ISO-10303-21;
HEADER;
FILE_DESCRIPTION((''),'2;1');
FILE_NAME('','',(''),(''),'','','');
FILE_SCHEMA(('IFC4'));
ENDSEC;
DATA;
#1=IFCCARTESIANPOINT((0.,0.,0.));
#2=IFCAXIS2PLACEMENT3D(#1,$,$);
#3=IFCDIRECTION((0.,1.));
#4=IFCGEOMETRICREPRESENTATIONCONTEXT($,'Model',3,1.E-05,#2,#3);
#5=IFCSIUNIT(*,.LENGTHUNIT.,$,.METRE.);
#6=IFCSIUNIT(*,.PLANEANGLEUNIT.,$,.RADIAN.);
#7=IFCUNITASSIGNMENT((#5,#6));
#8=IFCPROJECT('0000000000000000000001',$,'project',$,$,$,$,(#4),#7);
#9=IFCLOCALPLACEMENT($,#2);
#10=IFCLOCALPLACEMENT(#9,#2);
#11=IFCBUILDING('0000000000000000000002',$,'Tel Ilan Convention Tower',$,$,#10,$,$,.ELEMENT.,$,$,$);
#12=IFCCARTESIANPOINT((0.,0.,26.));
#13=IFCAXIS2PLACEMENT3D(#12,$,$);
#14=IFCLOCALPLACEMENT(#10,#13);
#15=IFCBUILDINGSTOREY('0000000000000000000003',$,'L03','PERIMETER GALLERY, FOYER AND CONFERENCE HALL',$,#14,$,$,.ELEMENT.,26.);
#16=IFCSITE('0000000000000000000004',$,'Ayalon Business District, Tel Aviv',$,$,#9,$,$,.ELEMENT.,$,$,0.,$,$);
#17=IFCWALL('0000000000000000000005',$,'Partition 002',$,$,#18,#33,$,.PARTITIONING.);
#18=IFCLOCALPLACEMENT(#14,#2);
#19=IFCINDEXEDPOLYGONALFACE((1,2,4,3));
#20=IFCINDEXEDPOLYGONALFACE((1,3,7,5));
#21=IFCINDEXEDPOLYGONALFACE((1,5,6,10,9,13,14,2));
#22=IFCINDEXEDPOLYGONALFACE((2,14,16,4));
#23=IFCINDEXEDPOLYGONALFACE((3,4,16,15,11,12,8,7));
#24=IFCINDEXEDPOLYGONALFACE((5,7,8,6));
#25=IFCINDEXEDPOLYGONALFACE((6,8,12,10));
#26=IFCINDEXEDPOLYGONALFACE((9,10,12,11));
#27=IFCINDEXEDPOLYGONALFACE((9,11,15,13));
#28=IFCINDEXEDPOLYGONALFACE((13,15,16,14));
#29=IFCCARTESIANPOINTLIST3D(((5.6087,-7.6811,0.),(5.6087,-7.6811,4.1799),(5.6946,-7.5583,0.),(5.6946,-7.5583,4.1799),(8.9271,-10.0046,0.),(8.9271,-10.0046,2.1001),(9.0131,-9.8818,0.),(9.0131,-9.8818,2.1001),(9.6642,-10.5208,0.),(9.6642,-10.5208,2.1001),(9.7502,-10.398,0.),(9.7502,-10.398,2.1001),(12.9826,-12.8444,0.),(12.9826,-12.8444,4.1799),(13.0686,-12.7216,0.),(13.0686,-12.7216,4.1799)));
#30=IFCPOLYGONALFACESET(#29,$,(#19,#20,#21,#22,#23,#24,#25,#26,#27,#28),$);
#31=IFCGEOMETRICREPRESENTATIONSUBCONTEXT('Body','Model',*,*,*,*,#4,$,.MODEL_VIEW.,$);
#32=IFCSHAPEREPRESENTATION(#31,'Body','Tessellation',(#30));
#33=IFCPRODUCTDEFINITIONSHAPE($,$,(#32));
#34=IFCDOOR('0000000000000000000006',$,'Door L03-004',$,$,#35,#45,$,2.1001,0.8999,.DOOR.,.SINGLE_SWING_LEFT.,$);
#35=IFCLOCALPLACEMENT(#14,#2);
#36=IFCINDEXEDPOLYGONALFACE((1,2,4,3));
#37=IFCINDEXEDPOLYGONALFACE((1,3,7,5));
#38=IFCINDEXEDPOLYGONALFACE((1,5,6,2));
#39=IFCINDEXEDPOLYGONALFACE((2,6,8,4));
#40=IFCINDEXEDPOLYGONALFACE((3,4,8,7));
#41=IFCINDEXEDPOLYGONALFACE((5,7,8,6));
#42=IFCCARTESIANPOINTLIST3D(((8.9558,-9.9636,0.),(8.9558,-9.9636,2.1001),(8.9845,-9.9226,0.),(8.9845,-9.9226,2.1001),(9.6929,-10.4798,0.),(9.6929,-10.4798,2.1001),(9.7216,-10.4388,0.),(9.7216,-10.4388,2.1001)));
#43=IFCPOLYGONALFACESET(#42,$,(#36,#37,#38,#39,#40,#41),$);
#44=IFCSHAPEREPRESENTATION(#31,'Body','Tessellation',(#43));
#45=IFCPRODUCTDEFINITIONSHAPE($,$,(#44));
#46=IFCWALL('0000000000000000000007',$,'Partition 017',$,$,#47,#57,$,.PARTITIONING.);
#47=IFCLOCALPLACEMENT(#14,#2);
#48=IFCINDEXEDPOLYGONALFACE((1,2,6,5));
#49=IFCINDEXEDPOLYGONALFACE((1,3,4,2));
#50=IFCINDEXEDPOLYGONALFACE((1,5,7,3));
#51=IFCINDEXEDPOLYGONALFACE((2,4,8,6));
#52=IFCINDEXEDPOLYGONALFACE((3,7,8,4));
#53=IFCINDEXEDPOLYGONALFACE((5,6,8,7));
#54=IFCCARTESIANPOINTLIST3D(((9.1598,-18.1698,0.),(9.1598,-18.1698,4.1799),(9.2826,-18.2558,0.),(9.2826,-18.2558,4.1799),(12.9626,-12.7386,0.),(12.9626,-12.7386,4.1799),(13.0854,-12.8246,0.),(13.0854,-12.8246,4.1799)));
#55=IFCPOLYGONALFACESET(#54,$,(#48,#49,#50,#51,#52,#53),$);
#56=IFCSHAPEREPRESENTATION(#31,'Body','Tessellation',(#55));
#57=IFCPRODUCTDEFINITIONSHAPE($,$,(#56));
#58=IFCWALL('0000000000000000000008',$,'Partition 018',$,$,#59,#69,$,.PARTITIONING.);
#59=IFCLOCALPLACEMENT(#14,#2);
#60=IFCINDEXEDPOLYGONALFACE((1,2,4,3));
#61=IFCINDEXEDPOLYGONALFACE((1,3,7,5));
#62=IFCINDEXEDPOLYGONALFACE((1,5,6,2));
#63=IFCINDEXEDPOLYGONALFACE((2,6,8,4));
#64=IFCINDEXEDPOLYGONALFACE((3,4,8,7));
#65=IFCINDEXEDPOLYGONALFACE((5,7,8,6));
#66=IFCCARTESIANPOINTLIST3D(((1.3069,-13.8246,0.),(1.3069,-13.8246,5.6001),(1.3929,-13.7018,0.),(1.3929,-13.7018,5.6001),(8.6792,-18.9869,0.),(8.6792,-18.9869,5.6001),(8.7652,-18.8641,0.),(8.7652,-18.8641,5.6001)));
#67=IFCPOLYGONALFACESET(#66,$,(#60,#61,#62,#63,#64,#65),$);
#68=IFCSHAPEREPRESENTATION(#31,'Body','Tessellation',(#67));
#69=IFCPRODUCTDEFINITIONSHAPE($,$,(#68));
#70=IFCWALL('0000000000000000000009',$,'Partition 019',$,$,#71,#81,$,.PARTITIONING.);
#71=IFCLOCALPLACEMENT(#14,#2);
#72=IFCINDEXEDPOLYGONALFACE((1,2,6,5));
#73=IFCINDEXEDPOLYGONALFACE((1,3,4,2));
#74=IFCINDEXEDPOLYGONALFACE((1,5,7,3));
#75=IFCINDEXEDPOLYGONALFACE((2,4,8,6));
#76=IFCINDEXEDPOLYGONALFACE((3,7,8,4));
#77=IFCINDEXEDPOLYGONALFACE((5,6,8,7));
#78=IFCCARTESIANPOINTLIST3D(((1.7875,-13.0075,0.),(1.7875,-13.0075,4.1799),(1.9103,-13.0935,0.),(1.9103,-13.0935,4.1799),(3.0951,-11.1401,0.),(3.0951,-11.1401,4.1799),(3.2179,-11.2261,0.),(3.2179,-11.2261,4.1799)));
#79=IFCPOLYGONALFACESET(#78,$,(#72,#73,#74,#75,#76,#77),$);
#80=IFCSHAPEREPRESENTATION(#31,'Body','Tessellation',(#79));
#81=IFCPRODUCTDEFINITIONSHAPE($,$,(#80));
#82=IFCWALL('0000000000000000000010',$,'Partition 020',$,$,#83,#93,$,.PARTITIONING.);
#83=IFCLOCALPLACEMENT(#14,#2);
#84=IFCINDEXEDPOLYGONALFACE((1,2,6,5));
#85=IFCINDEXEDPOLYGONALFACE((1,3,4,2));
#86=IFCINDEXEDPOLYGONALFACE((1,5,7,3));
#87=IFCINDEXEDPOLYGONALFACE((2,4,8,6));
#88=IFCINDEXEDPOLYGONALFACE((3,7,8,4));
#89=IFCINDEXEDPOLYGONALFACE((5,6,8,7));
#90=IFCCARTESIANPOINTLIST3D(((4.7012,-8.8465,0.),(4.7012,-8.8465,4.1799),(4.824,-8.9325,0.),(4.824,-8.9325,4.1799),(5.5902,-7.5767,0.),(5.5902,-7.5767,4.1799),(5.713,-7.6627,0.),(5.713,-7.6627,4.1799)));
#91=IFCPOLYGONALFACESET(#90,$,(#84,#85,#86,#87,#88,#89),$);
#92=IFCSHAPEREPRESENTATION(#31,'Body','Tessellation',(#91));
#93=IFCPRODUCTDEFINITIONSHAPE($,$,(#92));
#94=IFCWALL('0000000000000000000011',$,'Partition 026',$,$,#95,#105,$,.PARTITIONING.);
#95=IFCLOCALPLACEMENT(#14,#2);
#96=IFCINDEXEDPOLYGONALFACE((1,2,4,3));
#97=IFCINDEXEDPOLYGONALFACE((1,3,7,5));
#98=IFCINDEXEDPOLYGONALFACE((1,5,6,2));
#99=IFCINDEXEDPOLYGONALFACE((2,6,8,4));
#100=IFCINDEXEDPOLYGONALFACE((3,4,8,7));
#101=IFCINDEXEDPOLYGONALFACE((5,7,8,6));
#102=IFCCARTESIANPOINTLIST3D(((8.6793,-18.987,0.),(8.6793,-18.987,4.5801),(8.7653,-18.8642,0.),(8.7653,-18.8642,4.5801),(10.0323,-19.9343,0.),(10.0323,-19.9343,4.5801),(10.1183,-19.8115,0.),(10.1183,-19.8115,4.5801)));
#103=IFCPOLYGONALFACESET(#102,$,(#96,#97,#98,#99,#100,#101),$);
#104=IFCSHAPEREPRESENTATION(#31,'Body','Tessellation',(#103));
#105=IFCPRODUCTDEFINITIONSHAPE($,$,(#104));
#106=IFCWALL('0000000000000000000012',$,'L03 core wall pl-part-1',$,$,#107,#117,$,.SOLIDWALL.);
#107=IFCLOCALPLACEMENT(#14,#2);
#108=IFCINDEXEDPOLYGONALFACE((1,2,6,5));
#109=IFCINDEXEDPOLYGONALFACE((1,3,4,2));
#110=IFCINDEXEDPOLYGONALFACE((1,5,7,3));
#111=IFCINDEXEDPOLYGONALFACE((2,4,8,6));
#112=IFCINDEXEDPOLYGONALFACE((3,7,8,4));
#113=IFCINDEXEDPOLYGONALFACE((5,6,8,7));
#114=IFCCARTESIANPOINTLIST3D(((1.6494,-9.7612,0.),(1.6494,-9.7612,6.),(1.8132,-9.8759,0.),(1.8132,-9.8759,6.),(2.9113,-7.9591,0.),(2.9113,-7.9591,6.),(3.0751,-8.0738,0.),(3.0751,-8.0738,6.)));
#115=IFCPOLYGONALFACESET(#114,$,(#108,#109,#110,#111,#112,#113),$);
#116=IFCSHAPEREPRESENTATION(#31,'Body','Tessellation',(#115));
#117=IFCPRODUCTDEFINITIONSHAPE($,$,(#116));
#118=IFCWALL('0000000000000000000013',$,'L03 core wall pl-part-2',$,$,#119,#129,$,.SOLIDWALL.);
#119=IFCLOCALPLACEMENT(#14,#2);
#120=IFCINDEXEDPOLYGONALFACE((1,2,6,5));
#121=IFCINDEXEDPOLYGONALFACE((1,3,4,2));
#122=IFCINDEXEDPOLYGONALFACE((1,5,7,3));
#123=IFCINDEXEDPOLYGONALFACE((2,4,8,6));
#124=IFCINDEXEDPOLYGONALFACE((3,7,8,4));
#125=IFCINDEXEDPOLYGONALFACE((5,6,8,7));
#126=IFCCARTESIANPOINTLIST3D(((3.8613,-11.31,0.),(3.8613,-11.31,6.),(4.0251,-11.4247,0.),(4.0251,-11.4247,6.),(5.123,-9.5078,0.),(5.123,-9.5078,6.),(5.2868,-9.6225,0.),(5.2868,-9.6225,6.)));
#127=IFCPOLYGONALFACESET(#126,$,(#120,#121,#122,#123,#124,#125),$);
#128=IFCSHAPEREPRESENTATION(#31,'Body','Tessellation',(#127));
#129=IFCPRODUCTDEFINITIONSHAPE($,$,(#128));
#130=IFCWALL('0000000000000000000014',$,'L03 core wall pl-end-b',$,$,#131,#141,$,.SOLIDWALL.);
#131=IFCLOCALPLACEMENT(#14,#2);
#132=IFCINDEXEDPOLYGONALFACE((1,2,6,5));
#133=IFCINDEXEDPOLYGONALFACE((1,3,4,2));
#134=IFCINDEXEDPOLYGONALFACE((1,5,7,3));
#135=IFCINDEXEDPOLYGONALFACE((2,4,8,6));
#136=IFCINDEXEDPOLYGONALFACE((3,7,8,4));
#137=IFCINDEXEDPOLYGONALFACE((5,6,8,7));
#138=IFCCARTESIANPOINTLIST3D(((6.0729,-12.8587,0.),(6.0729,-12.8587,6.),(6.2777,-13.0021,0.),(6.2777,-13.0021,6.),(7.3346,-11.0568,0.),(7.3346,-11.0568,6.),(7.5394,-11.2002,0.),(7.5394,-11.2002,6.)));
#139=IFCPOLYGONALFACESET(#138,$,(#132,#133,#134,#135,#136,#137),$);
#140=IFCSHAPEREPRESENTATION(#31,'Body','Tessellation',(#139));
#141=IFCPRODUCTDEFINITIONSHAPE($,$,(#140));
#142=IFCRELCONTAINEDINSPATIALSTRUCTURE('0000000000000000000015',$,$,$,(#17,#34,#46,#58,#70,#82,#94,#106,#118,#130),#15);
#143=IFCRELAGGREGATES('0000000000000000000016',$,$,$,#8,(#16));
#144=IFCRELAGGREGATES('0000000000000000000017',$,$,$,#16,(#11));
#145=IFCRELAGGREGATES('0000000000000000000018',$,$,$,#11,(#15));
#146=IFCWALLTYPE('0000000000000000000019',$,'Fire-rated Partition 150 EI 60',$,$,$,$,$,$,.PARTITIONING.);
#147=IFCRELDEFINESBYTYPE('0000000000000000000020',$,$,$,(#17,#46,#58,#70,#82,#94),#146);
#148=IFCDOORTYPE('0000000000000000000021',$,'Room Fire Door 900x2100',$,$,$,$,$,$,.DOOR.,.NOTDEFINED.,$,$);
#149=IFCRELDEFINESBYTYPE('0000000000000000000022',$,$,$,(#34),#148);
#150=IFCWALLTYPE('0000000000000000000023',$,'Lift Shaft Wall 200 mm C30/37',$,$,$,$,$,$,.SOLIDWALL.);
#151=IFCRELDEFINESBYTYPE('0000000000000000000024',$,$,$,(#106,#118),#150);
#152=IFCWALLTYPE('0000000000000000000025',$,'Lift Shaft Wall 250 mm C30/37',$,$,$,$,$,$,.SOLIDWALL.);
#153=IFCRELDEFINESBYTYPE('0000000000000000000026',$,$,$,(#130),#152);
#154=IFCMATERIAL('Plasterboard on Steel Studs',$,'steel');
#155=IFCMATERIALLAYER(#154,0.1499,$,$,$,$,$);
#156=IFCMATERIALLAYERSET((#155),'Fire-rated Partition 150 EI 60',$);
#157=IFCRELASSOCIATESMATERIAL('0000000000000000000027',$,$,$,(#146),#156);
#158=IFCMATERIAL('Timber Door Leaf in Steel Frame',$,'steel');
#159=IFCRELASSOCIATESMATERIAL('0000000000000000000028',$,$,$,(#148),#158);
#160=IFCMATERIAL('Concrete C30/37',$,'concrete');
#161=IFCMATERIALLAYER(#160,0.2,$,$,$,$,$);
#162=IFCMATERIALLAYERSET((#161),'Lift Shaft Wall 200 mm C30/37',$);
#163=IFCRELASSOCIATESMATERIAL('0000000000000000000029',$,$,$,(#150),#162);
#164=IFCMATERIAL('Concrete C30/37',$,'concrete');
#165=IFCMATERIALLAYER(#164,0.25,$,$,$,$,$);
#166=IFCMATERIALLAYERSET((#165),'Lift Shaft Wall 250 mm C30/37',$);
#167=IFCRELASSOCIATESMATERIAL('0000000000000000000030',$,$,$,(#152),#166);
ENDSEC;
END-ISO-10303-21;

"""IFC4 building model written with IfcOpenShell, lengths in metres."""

from ifc_helpers import new_model, si_unit, direction, frame, frame_2d, origin, place, context, subcontext, project, spatial, rectangle, extrude, material, layer, layer_set, type_object, element, fill, save


model = new_model("IFC4")

# Units and contexts
model_context = context("Model", 3, precision=1e-05, world=origin(), true_north=direction((0.0, 1.0)))
body_context = subcontext(model_context, "Body", "Model", "MODEL_VIEW")
ifc_project = project(units=[si_unit("LENGTHUNIT", "METRE"), si_unit("PLANEANGLEUNIT", "RADIAN")], contexts=[model_context])

# Site, building, storey
site_placement = place(None, origin())
site = spatial("IfcSite", under=ifc_project, at=site_placement, Name="Ayalon Business District, Tel Aviv", CompositionType="ELEMENT", RefElevation=0.0)
building_placement = place(site_placement, origin())
building = spatial("IfcBuilding", under=site, at=building_placement, Name="Tel Ilan Convention Tower", CompositionType="ELEMENT")
storey_placement = place(building_placement, frame((0.0, 0.0, 26.0)))
storey = spatial("IfcBuildingStorey", under=building, at=storey_placement, Name="L03", Description="PERIMETER GALLERY, FOYER AND CONFERENCE HALL", CompositionType="ELEMENT", Elevation=26.0)

# Wall, opening, door
ifc_material_1 = material(Name="Plasterboard on Steel Studs", Category="steel")
ifc_layer_1 = layer(ifc_material_1, 0.1499)
ifc_layer_set_1 = layer_set([ifc_layer_1], Name="Fire-rated Partition 150 EI 60")
wall_type_1 = type_object("IfcWallType", Name="Fire-rated Partition 150 EI 60", PredefinedType="PARTITIONING", material=ifc_layer_set_1)
wall_1_placement = place(storey_placement, frame((13.0256, -12.783, 0.0), z_axis=(0.0, 0.0, 1.0), x_axis=(-0.819153, 0.573575, 0.0)))
wall_1 = element("IfcWall", 1, at=wall_1_placement, inside=storey, type_object=wall_type_1, Name="Partition 002", PredefinedType="PARTITIONING", context=body_context, shape_type="SweptSolid", body=[
    extrude(rectangle(XDim=9.002, YDim=0.1499, at=frame_2d((4.501, 0.0))), origin(), (0.0, 0.0, 1.0), 4.1799),
])
opening_placement = place(wall_1_placement, frame((4.051, 0.0, 0.0)))
opening = element("IfcOpeningElement", 2, at=opening_placement, cuts=wall_1, PredefinedType="OPENING", context=body_context, shape_type="SweptSolid", body=[
    extrude(rectangle(XDim=0.8999, YDim=2.1001, at=frame_2d((0.45, 1.05))), frame((0.0, 0.085, 0.0), z_axis=(0.0, -1.0, 0.0), x_axis=(1.0, 0.0, 0.0)), (0.0, 0.0, 1.0), 0.1699),
])
ifc_material_2 = material(Name="Timber Door Leaf in Steel Frame", Category="steel")
door_type = type_object("IfcDoorType", Name="Room Fire Door 900x2100", OperationType="NOTDEFINED", PredefinedType="DOOR", material=ifc_material_2)
door_placement = place(opening_placement, origin())
door = element("IfcDoor", 3, at=door_placement, inside=storey, type_object=door_type, Name="Door L03-004", OperationType="SINGLE_SWING_LEFT", OverallHeight=2.1001, OverallWidth=0.8999, PredefinedType="DOOR", context=body_context, shape_type="SweptSolid", body=[
    extrude(rectangle(XDim=0.8999, YDim=2.1001, at=frame_2d((0.45, 1.05))), frame((0.0, 0.0249, 0.0), z_axis=(0.0, -1.0, 0.0), x_axis=(1.0, 0.0, 0.0)), (0.0, 0.0, 1.0), 0.05),
])
fill(opening, door)

# Walls
wall_2_placement = place(storey_placement, frame((13.0239, -12.7817, 0.0), z_axis=(0.0, 0.0, 1.0), x_axis=(-0.573556, -0.819166, 0.0)))
element("IfcWall", 4, at=wall_2_placement, inside=storey, type_object=wall_type_1, Name="Partition 017", PredefinedType="PARTITIONING", context=body_context, shape_type="SweptSolid", body=[
    extrude(rectangle(XDim=6.6301, YDim=0.1499, at=frame_2d((3.3149, 0.0))), origin(), (0.0, 0.0, 1.0), 4.1799),
])
wall_3_placement = place(storey_placement, frame((8.7222, -18.9255, 0.0), z_axis=(0.0, 0.0, 1.0), x_axis=(-0.819141, 0.573592, 0.0)))
element("IfcWall", 5, at=wall_3_placement, inside=storey, type_object=wall_type_1, Name="Partition 018", PredefinedType="PARTITIONING", context=body_context, shape_type="SweptSolid", body=[
    extrude(rectangle(XDim=9.0, YDim=0.1499, at=frame_2d((4.5, 0.0))), origin(), (0.0, 0.0, 1.0), 5.6001),
])
wall_4_placement = place(storey_placement, frame((1.8489, -13.0505, 0.0), z_axis=(0.0, 0.0, 1.0), x_axis=(0.573585, 0.819146, 0.0)))
element("IfcWall", 6, at=wall_4_placement, inside=storey, type_object=wall_type_1, Name="Partition 019", PredefinedType="PARTITIONING", context=body_context, shape_type="SweptSolid", body=[
    extrude(rectangle(XDim=2.2798, YDim=0.1499, at=frame_2d((1.1399, 0.0))), origin(), (0.0, 0.0, 1.0), 4.1799),
])
wall_5_placement = place(storey_placement, frame((4.7627, -8.8894, 0.0), z_axis=(0.0, 0.0, 1.0), x_axis=(0.573494, 0.81921, 0.0)))
element("IfcWall", 7, at=wall_5_placement, inside=storey, type_object=wall_type_1, Name="Partition 020", PredefinedType="PARTITIONING", context=body_context, shape_type="SweptSolid", body=[
    extrude(rectangle(XDim=1.55, YDim=0.1499, at=frame_2d((0.7749, 0.0))), origin(), (0.0, 0.0, 1.0), 4.1799),
])
wall_6_placement = place(storey_placement, frame((10.0752, -19.8728, 0.0), z_axis=(0.0, 0.0, 1.0), x_axis=(-0.81919, 0.573522, 0.0)))
element("IfcWall", 8, at=wall_6_placement, inside=storey, type_object=wall_type_1, Name="Partition 026", PredefinedType="PARTITIONING", context=body_context, shape_type="SweptSolid", body=[
    extrude(rectangle(XDim=1.6516, YDim=0.1499, at=frame_2d((0.8257, 0.0))), origin(), (0.0, 0.0, 1.0), 4.5801),
])
ifc_material_3 = material(Name="Concrete C30/37", Category="concrete")
ifc_layer_2 = layer(ifc_material_3, 0.2)
ifc_layer_set_2 = layer_set([ifc_layer_2], Name="Lift Shaft Wall 200 mm C30/37")
wall_type_2 = type_object("IfcWallType", Name="Lift Shaft Wall 200 mm C30/37", PredefinedType="SOLIDWALL", material=ifc_layer_set_2)
for number, where, z_axis, x_axis, name in (
    (9, (1.7312, -9.8186, 0.0), (0.0, 0.0, 1.0), (0.573634, 0.819112, 0.0), "L03 core wall pl-part-1"),
    (10, (3.9431, -11.3674, 0.0), (0.0, 0.0, 1.0), (0.573507, 0.819201, 0.0), "L03 core wall pl-part-2"),
):
    element("IfcWall", number, at=place(storey_placement, frame(where, z_axis=z_axis, x_axis=x_axis)), inside=storey, type_object=wall_type_2, Name=name, PredefinedType="SOLIDWALL", context=body_context, shape_type="SweptSolid", body=[
        extrude(rectangle(XDim=2.2, YDim=0.2, at=frame_2d((1.1001, 0.0))), origin(), (0.0, 0.0, 1.0), 6.0),
    ])
ifc_material_4 = material(Name="Concrete C30/37", Category="concrete")
ifc_layer_3 = layer(ifc_material_4, 0.25)
ifc_layer_set_3 = layer_set([ifc_layer_3], Name="Lift Shaft Wall 250 mm C30/37")
wall_type_3 = type_object("IfcWallType", Name="Lift Shaft Wall 250 mm C30/37", PredefinedType="SOLIDWALL", material=ifc_layer_set_3)
wall_7_placement = place(storey_placement, frame((6.1753, -12.9304, 0.0), z_axis=(0.0, 0.0, 1.0), x_axis=(0.573559, 0.819164, 0.0)))
element("IfcWall", 11, at=wall_7_placement, inside=storey, type_object=wall_type_3, Name="L03 core wall pl-end-b", PredefinedType="SOLIDWALL", context=body_context, shape_type="SweptSolid", body=[
    extrude(rectangle(XDim=2.1997, YDim=0.25, at=frame_2d((1.0999, 0.0))), origin(), (0.0, 0.0, 1.0), 6.0),
])

save(model, "model.ifc")
